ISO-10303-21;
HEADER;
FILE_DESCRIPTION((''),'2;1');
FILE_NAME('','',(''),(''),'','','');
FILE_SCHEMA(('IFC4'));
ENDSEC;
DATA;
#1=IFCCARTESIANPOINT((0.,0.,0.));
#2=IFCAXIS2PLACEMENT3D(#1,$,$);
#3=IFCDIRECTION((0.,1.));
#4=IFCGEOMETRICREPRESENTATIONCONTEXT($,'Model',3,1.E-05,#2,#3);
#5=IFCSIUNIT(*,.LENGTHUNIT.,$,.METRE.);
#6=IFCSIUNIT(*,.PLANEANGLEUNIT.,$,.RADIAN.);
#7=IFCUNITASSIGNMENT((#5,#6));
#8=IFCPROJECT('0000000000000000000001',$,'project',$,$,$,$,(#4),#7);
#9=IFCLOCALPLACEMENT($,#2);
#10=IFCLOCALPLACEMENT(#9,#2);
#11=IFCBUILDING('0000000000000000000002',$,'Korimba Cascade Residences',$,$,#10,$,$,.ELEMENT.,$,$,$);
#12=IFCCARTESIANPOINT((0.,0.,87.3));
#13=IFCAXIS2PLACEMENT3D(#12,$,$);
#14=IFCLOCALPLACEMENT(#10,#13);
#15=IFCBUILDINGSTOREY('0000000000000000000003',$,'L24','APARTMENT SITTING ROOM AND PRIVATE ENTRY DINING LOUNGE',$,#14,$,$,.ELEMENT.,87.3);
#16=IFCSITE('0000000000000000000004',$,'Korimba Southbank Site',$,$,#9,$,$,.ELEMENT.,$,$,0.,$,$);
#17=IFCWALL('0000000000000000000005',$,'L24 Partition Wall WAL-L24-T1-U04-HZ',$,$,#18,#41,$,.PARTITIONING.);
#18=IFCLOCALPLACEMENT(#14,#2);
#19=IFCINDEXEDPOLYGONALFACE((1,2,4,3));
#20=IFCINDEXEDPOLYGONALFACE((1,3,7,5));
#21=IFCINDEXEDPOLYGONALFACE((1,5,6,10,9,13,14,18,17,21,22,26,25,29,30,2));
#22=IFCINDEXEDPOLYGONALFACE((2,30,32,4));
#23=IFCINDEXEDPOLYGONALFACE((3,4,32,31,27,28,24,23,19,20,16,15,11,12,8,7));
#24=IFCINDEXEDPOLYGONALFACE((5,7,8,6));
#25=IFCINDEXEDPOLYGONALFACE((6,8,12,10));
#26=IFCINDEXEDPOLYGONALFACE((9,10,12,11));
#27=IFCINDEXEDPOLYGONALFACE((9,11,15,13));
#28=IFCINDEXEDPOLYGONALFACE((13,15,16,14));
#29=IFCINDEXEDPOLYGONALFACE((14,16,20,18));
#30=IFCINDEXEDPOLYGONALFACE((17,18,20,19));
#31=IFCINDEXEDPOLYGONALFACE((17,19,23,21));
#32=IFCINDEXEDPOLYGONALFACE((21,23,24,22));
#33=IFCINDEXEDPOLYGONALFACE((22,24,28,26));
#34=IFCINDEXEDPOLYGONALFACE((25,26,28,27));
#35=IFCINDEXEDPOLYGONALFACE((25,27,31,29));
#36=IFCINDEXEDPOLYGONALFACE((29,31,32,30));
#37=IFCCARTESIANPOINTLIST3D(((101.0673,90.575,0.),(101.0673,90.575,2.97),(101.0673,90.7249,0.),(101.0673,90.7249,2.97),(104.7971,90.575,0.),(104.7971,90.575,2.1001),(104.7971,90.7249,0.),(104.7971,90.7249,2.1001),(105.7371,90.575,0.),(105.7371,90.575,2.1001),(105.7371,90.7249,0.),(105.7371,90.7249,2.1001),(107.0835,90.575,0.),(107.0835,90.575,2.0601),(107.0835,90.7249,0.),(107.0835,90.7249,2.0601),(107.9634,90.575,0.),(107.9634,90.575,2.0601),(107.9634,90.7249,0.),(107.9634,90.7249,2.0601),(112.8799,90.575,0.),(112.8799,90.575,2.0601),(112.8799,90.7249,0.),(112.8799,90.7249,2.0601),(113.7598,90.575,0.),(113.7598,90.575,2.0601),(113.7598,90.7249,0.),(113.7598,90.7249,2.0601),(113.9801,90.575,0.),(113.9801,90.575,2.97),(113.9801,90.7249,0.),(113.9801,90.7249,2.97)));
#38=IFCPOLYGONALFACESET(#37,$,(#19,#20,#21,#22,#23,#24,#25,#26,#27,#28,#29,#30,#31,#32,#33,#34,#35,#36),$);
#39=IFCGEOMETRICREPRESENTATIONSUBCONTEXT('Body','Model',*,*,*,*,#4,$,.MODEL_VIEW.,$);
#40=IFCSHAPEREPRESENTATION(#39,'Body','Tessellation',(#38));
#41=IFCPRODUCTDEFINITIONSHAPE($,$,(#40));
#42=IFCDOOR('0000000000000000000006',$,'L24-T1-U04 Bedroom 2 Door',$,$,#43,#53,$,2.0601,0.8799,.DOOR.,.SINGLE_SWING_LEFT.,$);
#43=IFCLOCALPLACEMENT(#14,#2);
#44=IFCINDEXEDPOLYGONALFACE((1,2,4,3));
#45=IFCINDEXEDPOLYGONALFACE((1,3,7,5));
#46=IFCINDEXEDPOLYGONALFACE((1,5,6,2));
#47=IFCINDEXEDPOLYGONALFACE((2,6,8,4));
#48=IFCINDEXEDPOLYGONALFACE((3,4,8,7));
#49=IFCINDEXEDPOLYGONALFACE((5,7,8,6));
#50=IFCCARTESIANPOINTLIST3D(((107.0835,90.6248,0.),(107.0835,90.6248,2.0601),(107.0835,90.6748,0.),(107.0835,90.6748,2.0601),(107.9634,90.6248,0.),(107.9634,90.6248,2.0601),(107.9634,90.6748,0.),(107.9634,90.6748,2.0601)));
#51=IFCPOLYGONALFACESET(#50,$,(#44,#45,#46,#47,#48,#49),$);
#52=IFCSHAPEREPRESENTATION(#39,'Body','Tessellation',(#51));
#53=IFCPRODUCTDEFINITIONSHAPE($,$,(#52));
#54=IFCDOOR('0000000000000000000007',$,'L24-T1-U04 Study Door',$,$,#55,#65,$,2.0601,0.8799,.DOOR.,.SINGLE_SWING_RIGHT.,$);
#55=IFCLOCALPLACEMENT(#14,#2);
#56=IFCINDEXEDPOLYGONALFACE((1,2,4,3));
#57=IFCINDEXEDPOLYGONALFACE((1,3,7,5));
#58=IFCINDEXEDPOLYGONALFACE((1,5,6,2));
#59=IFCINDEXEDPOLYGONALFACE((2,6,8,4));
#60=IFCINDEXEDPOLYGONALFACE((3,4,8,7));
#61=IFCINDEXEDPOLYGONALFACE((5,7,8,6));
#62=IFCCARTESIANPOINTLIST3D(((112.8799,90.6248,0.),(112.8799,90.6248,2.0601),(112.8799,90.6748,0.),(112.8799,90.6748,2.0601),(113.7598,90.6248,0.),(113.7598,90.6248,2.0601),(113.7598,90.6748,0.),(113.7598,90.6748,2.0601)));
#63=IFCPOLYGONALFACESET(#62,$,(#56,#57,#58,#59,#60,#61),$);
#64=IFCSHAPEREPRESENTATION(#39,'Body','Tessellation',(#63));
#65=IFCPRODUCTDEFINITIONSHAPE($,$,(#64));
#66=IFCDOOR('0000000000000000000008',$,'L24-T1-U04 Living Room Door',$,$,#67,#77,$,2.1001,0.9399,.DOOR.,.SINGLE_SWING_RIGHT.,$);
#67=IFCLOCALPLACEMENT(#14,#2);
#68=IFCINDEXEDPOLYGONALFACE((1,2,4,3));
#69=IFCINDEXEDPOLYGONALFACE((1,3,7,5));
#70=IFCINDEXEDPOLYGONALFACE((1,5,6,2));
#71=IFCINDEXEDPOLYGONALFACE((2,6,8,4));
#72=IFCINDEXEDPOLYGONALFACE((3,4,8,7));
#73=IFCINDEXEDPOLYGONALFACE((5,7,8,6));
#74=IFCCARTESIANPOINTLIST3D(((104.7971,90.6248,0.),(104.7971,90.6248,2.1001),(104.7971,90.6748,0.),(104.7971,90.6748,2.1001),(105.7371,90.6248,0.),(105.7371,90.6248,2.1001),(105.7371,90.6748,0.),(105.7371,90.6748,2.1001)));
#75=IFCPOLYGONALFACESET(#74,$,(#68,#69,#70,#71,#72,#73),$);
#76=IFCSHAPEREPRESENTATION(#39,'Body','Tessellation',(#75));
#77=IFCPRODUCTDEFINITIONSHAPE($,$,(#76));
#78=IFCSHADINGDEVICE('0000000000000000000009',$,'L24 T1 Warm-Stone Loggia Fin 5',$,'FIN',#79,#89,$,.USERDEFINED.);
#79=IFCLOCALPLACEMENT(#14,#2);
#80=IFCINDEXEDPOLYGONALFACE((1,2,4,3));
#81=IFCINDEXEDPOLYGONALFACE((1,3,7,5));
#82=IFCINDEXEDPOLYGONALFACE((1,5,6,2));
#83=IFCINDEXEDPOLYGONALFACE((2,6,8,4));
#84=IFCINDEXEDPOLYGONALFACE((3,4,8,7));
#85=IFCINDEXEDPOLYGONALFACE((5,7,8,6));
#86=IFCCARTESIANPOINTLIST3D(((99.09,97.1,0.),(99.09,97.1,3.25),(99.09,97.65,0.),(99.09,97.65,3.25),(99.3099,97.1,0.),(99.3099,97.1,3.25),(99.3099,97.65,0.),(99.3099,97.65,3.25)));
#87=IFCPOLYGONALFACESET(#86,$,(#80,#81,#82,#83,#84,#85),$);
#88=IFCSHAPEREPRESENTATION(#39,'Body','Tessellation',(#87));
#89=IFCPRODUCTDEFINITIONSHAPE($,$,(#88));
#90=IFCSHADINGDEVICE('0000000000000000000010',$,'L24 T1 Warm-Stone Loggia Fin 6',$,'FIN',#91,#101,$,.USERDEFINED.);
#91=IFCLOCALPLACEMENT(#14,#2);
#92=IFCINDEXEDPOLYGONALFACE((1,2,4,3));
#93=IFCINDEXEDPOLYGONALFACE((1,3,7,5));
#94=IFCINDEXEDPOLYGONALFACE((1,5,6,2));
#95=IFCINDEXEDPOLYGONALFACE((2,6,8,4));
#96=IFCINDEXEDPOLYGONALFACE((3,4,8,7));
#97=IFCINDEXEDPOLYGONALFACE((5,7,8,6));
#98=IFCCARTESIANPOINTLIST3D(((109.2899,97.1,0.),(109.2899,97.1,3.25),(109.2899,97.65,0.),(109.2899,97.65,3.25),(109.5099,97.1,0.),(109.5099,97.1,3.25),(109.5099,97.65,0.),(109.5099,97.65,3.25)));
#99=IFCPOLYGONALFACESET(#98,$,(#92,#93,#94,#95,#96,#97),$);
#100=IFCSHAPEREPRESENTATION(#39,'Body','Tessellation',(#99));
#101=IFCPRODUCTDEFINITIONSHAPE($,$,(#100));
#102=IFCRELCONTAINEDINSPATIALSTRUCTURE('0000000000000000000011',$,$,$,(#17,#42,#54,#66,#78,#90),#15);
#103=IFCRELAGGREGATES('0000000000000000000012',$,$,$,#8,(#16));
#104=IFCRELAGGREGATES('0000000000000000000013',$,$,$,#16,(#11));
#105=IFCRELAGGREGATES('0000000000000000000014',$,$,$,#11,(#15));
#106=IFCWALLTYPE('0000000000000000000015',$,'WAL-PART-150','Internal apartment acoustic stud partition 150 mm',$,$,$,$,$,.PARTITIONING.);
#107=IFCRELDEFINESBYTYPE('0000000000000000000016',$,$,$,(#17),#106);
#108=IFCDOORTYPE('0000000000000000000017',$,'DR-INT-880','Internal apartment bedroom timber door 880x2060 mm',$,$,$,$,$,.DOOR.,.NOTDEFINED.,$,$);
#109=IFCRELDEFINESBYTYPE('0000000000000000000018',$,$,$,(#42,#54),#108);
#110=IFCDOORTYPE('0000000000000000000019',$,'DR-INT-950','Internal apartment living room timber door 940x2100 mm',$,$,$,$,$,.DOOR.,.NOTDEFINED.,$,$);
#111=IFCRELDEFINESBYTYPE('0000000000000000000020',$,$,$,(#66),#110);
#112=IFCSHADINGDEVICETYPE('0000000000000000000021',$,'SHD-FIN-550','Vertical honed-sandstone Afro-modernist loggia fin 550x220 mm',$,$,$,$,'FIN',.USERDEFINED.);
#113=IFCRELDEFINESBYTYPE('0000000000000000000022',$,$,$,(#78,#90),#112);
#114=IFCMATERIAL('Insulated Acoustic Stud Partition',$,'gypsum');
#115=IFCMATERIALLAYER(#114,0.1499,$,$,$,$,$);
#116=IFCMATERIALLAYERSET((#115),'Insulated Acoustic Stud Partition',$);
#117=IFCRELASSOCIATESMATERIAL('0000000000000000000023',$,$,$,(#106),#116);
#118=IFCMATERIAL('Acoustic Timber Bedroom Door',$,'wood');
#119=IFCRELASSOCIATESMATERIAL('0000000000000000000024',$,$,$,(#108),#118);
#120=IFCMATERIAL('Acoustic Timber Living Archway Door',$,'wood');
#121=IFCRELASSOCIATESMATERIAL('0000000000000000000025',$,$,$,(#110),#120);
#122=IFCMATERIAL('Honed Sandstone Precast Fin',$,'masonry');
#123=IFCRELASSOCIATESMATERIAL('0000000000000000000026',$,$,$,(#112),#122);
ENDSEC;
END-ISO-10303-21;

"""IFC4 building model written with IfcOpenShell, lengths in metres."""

from ifc_helpers import new_model, si_unit, direction, frame, frame_2d, origin, origin_2d, place, context, subcontext, project, spatial, rectangle, extrude, material, layer, layer_set, type_object, element, fill, save


model = new_model("IFC4")

# Units and contexts
model_context = context("Model", 3, precision=1e-05, world=origin(), true_north=direction((0.0, 1.0)))
body_context = subcontext(model_context, "Body", "Model", "MODEL_VIEW")
ifc_project = project(units=[si_unit("LENGTHUNIT", "METRE"), si_unit("PLANEANGLEUNIT", "RADIAN")], contexts=[model_context])

# Site, building, storey
site_placement = place(None, origin())
site = spatial("IfcSite", under=ifc_project, at=site_placement, Name="Korimba Southbank Site", CompositionType="ELEMENT", RefElevation=0.0)
building_placement = place(site_placement, origin())
building = spatial("IfcBuilding", under=site, at=building_placement, Name="Korimba Cascade Residences", CompositionType="ELEMENT")
storey_placement = place(building_placement, frame((0.0, 0.0, 87.3)))
storey = spatial("IfcBuildingStorey", under=building, at=storey_placement, Name="L24", Description="APARTMENT SITTING ROOM AND PRIVATE ENTRY DINING LOUNGE", CompositionType="ELEMENT", Elevation=87.3)

# Shared definitions
ifc_material_1 = material(Name="Insulated Acoustic Stud Partition", Category="gypsum")
ifc_layer = layer(ifc_material_1, 0.1499)
ifc_layer_set = layer_set([ifc_layer], Name="Insulated Acoustic Stud Partition")
wall_type = type_object("IfcWallType", Name="WAL-PART-150", Description="Internal apartment acoustic stud partition 150 mm", PredefinedType="PARTITIONING", material=ifc_layer_set)

# Wall, openings, doors
wall_1_placement = place(storey_placement, frame((101.0671, 90.6499, 0.0), z_axis=(0.0, 0.0, 1.0), x_axis=(1.0, 0.0, 0.0)))
wall_1 = element("IfcWall", 1, at=wall_1_placement, inside=storey, type_object=wall_type, Name="L24 Partition Wall WAL-L24-T1-U04-HZ", PredefinedType="PARTITIONING", context=body_context, shape_type="SweptSolid", body=[
    extrude(rectangle(XDim=12.9128, YDim=0.1499, at=frame_2d((6.4565, 0.0))), origin(), (0.0, 0.0, 1.0), 2.97),
])
opening_1_placement = place(wall_1_placement, frame((3.73, 0.0, 0.0)))
opening_1 = element("IfcOpeningElement", 2, at=opening_1_placement, cuts=wall_1, PredefinedType="OPENING", context=body_context, shape_type="SweptSolid", body=[
    extrude(rectangle(XDim=0.9399, YDim=2.1001, at=frame_2d((0.47, 1.05))), frame((0.0, 0.085, 0.0), z_axis=(0.0, -1.0, 0.0), x_axis=(1.0, 0.0, 0.0)), (0.0, 0.0, 1.0), 0.1699),
])
opening_2_placement = place(wall_1_placement, frame((6.0164, 0.0, 0.0)))
opening_2 = element("IfcOpeningElement", 3, at=opening_2_placement, cuts=wall_1, PredefinedType="OPENING", context=body_context, shape_type="SweptSolid", body=[
    extrude(rectangle(XDim=0.8799, YDim=2.0601, at=frame_2d((0.4399, 1.03))), frame((0.0, 0.085, 0.0), z_axis=(0.0, -1.0, 0.0), x_axis=(1.0, 0.0, 0.0)), (0.0, 0.0, 1.0), 0.1699),
])
opening_3_placement = place(wall_1_placement, frame((11.8127, 0.0, 0.0)))
opening_3 = element("IfcOpeningElement", 4, at=opening_3_placement, cuts=wall_1, PredefinedType="OPENING", context=body_context, shape_type="SweptSolid", body=[
    extrude(rectangle(XDim=0.8799, YDim=2.0601, at=frame_2d((0.4399, 1.03))), frame((0.0, 0.085, 0.0), z_axis=(0.0, -1.0, 0.0), x_axis=(1.0, 0.0, 0.0)), (0.0, 0.0, 1.0), 0.1699),
])
ifc_material_2 = material(Name="Acoustic Timber Bedroom Door", Category="wood")
door_type_1 = type_object("IfcDoorType", Name="DR-INT-880", Description="Internal apartment bedroom timber door 880x2060 mm", OperationType="NOTDEFINED", PredefinedType="DOOR", material=ifc_material_2)
door_1_placement = place(opening_2_placement, origin())
door_1 = element("IfcDoor", 5, at=door_1_placement, inside=storey, type_object=door_type_1, Name="L24-T1-U04 Bedroom 2 Door", OperationType="SINGLE_SWING_LEFT", OverallHeight=2.0601, OverallWidth=0.8799, PredefinedType="DOOR", context=body_context, shape_type="SweptSolid", body=[
    extrude(rectangle(XDim=0.8799, YDim=2.0601, at=frame_2d((0.4399, 1.03))), frame((0.0, 0.0249, 0.0), z_axis=(0.0, -1.0, 0.0), x_axis=(1.0, 0.0, 0.0)), (0.0, 0.0, 1.0), 0.05),
])
fill(opening_2, door_1)
door_2_placement = place(opening_3_placement, origin())
door_2 = element("IfcDoor", 6, at=door_2_placement, inside=storey, type_object=door_type_1, Name="L24-T1-U04 Study Door", OperationType="SINGLE_SWING_RIGHT", OverallHeight=2.0601, OverallWidth=0.8799, PredefinedType="DOOR", context=body_context, shape_type="SweptSolid", body=[
    extrude(rectangle(XDim=0.8799, YDim=2.0601, at=frame_2d((0.4399, 1.03))), frame((0.0, 0.0249, 0.0), z_axis=(0.0, -1.0, 0.0), x_axis=(1.0, 0.0, 0.0)), (0.0, 0.0, 1.0), 0.05),
])
fill(opening_3, door_2)
ifc_material_3 = material(Name="Acoustic Timber Living Archway Door", Category="wood")
door_type_2 = type_object("IfcDoorType", Name="DR-INT-950", Description="Internal apartment living room timber door 940x2100 mm", OperationType="NOTDEFINED", PredefinedType="DOOR", material=ifc_material_3)
door_3_placement = place(opening_1_placement, origin())
door_3 = element("IfcDoor", 7, at=door_3_placement, inside=storey, type_object=door_type_2, Name="L24-T1-U04 Living Room Door", OperationType="SINGLE_SWING_RIGHT", OverallHeight=2.1001, OverallWidth=0.9399, PredefinedType="DOOR", context=body_context, shape_type="SweptSolid", body=[
    extrude(rectangle(XDim=0.9399, YDim=2.1001, at=frame_2d((0.47, 1.05))), frame((0.0, 0.0249, 0.0), z_axis=(0.0, -1.0, 0.0), x_axis=(1.0, 0.0, 0.0)), (0.0, 0.0, 1.0), 0.05),
])
fill(opening_1, door_3)

# Shading devices
ifc_material_4 = material(Name="Honed Sandstone Precast Fin", Category="masonry")
shading_device_type = type_object("IfcShadingDeviceType", Name="SHD-FIN-550", Description="Vertical honed-sandstone Afro-modernist loggia fin 550x220 mm", ElementType="FIN", PredefinedType="USERDEFINED", material=ifc_material_4)
for number, where, z_axis, x_axis, name in (
    (8, (99.2, 97.375, 0.0), (0.0, 0.0, 1.0), (1.0, 0.0, 0.0), "L24 T1 Warm-Stone Loggia Fin 5"),
    (9, (109.3999, 97.375, 0.0), (0.0, 0.0, 1.0), (1.0, 0.0, 0.0), "L24 T1 Warm-Stone Loggia Fin 6"),
):
    element("IfcShadingDevice", number, at=place(storey_placement, frame(where, z_axis=z_axis, x_axis=x_axis)), inside=storey, type_object=shading_device_type, Name=name, ObjectType="FIN", PredefinedType="USERDEFINED", context=body_context, shape_type="SweptSolid", body=[
        extrude(rectangle(XDim=0.22, YDim=0.55, at=origin_2d()), origin(), (0.0, 0.0, 1.0), 3.25),
    ])

save(model, "model.ifc")
